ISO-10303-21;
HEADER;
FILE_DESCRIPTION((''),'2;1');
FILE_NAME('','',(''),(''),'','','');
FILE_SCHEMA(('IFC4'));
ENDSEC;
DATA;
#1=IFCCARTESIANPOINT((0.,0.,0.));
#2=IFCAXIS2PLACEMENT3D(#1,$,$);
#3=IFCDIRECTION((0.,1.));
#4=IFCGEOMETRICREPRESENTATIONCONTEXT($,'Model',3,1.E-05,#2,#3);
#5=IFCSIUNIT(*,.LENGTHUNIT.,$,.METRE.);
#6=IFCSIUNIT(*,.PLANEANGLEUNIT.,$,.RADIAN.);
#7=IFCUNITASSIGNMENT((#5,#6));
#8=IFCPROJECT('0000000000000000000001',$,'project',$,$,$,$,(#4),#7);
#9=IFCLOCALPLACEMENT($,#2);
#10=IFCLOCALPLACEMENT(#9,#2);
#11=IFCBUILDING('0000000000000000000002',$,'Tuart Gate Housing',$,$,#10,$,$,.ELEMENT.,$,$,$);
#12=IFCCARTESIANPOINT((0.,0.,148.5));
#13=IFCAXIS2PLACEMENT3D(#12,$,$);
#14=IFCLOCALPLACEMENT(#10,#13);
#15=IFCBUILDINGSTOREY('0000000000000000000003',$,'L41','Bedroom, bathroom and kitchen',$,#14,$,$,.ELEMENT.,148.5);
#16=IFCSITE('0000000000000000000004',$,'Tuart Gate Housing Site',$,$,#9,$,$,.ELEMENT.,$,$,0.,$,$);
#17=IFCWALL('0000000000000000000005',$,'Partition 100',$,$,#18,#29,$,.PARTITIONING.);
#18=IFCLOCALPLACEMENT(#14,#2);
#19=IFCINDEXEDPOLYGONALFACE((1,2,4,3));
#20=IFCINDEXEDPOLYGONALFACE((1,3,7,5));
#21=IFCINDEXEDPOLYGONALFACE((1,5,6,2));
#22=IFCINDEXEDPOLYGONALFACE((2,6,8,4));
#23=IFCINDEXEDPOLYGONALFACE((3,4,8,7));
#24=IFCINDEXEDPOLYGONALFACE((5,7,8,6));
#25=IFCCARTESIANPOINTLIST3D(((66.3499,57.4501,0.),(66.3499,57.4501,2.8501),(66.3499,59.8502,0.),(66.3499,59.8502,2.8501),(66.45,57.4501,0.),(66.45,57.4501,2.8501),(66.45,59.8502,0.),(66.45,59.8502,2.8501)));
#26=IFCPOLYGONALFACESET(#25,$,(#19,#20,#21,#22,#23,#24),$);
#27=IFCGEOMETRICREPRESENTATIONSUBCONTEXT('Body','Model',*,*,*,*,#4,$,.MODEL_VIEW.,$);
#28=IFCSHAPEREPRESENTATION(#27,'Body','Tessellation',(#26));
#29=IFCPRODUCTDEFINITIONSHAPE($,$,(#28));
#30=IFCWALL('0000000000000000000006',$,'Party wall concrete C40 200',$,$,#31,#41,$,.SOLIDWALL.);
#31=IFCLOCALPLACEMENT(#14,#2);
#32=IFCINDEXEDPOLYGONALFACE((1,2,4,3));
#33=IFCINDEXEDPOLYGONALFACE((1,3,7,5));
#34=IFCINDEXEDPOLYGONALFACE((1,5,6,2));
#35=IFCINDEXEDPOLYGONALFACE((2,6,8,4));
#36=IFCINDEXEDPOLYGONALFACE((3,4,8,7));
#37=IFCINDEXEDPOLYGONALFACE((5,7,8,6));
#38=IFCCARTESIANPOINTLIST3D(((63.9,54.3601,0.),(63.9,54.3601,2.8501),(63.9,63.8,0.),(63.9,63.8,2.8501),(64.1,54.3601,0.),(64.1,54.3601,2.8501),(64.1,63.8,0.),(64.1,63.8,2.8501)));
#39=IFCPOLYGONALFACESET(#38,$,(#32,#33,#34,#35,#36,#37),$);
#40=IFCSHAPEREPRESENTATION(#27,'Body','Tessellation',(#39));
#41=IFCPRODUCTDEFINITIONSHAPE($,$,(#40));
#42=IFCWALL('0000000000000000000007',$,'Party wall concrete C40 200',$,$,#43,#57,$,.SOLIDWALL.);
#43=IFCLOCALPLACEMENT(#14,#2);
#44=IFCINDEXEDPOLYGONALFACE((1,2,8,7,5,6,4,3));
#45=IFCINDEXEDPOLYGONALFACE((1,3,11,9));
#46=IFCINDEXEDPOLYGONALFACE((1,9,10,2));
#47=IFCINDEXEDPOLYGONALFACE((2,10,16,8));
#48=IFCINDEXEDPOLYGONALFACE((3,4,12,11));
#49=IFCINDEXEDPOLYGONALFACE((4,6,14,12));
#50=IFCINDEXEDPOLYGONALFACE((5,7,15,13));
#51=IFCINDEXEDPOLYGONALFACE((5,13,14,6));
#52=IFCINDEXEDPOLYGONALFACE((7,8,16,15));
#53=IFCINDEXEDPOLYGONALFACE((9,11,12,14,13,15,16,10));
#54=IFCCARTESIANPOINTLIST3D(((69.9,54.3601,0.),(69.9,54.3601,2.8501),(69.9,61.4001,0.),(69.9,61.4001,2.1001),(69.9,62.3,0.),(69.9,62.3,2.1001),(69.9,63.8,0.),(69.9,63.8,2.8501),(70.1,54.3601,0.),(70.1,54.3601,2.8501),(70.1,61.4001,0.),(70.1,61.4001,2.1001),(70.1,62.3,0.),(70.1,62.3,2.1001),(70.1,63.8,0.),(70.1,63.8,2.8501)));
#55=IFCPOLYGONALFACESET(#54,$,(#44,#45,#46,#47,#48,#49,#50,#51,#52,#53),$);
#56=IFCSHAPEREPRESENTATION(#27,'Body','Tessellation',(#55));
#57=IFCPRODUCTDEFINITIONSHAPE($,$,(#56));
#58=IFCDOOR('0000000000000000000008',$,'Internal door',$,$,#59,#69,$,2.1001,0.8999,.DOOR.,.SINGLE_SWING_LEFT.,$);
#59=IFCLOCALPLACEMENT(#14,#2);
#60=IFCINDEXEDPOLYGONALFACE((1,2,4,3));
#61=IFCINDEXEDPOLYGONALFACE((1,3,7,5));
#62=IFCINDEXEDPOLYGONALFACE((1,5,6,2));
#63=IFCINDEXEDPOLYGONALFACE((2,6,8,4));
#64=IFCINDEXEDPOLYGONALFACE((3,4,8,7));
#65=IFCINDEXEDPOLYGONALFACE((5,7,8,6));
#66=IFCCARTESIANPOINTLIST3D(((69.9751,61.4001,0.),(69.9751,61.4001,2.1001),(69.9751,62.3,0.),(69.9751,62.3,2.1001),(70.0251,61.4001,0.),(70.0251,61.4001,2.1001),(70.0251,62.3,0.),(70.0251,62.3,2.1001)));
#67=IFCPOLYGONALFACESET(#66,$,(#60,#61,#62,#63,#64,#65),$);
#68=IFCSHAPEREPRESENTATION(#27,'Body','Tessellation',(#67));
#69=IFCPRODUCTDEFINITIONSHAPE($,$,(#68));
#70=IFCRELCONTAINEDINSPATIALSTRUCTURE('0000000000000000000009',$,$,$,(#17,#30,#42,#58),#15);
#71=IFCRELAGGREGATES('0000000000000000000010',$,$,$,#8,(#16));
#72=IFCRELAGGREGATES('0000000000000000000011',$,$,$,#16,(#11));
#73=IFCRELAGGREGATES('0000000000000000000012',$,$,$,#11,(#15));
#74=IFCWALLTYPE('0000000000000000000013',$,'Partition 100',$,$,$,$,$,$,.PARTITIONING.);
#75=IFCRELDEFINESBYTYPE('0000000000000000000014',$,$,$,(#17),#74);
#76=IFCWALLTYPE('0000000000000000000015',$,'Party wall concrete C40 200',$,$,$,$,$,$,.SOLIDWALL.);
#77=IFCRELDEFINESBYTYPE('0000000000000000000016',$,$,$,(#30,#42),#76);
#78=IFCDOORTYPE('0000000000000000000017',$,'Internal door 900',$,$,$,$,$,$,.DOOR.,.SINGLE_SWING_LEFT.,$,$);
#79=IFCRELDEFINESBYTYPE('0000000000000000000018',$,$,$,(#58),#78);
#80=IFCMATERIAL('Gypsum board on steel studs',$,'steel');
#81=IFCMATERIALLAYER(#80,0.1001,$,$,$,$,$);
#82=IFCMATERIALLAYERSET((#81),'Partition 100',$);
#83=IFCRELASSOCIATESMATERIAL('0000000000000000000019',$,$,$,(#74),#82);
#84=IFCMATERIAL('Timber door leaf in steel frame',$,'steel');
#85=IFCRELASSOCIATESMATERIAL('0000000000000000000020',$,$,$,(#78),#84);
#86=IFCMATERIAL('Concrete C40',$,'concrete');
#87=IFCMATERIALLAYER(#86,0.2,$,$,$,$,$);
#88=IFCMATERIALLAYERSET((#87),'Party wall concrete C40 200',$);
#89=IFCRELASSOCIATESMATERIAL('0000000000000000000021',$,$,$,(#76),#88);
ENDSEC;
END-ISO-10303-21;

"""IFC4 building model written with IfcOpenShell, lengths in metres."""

from ifc_helpers import new_model, si_unit, direction, frame, frame_2d, origin, place, context, subcontext, project, spatial, rectangle, extrude, material, layer, layer_set, type_object, element, fill, save


model = new_model("IFC4")

# Units and contexts
model_context = context("Model", 3, precision=1e-05, world=origin(), true_north=direction((0.0, 1.0)))
body_context = subcontext(model_context, "Body", "Model", "MODEL_VIEW")
ifc_project = project(units=[si_unit("LENGTHUNIT", "METRE"), si_unit("PLANEANGLEUNIT", "RADIAN")], contexts=[model_context])

# Site, building, storey
site_placement = place(None, origin())
site = spatial("IfcSite", under=ifc_project, at=site_placement, Name="Tuart Gate Housing Site", CompositionType="ELEMENT", RefElevation=0.0)
building_placement = place(site_placement, origin())
building = spatial("IfcBuilding", under=site, at=building_placement, Name="Tuart Gate Housing", CompositionType="ELEMENT")
storey_placement = place(building_placement, frame((0.0, 0.0, 148.5)))
storey = spatial("IfcBuildingStorey", under=building, at=storey_placement, Name="L41", Description="Bedroom, bathroom and kitchen", CompositionType="ELEMENT", Elevation=148.5)

# Shared definitions
ifc_material_1 = material(Name="Gypsum board on steel studs", Category="steel")
ifc_layer_1 = layer(ifc_material_1, 0.1001)
ifc_layer_set_1 = layer_set([ifc_layer_1], Name="Partition 100")
wall_type_1 = type_object("IfcWallType", Name="Partition 100", PredefinedType="PARTITIONING", material=ifc_layer_set_1)

# Shared definitions
ifc_material_2 = material(Name="Timber door leaf in steel frame", Category="steel")
door_type_1 = type_object("IfcDoorType", Name="Internal door 900", OperationType="SINGLE_SWING_LEFT", PredefinedType="DOOR", material=ifc_material_2)

# Walls
wall_1_placement = place(storey_placement, frame((66.3999, 57.45, 0.0), z_axis=(0.0, 0.0, 1.0), x_axis=(0.0, 1.0, 0.0)))
element("IfcWall", 1, at=wall_1_placement, inside=storey, type_object=wall_type_1, Name="Partition 100", PredefinedType="PARTITIONING", context=body_context, shape_type="SweptSolid", body=[
    extrude(rectangle(XDim=2.4001, YDim=0.1001, at=frame_2d((1.2002, 0.0))), origin(), (0.0, 0.0, 1.0), 2.8501),
])
ifc_material_3 = material(Name="Concrete C40", Category="concrete")
ifc_layer_2 = layer(ifc_material_3, 0.2)
ifc_layer_set_2 = layer_set([ifc_layer_2], Name="Party wall concrete C40 200")
wall_type_2 = type_object("IfcWallType", Name="Party wall concrete C40 200", PredefinedType="SOLIDWALL", material=ifc_layer_set_2)
wall_2_placement = place(storey_placement, frame((64.0, 54.3601, 0.0), z_axis=(0.0, 0.0, 1.0), x_axis=(0.0, 1.0, 0.0)))
element("IfcWall", 2, at=wall_2_placement, inside=storey, type_object=wall_type_2, Name="Party wall concrete C40 200", PredefinedType="SOLIDWALL", context=body_context, shape_type="SweptSolid", body=[
    extrude(rectangle(XDim=9.4399, YDim=0.2, at=frame_2d((4.72, 0.0))), origin(), (0.0, 0.0, 1.0), 2.8501),
])

# Wall, opening, door
wall_3_placement = place(storey_placement, frame((70.0, 54.3601, 0.0), z_axis=(0.0, 0.0, 1.0), x_axis=(0.0, 1.0, 0.0)))
wall_3 = element("IfcWall", 3, at=wall_3_placement, inside=storey, type_object=wall_type_2, Name="Party wall concrete C40 200", PredefinedType="SOLIDWALL", context=body_context, shape_type="SweptSolid", body=[
    extrude(rectangle(XDim=9.4399, YDim=0.2, at=frame_2d((4.72, 0.0))), origin(), (0.0, 0.0, 1.0), 2.8501),
])
opening_1_placement = place(wall_3_placement, frame((7.04, 0.0, 0.0)))
opening_1 = element("IfcOpeningElement", 4, at=opening_1_placement, cuts=wall_3, PredefinedType="OPENING", context=body_context, shape_type="SweptSolid", body=[
    extrude(rectangle(XDim=0.8999, YDim=2.1001, at=frame_2d((0.45, 1.05))), frame((0.0, 0.1099, 0.0), z_axis=(0.0, -1.0, 0.0), x_axis=(1.0, 0.0, 0.0)), (0.0, 0.0, 1.0), 0.22),
])
door_1_placement = place(opening_1_placement, origin())
door_1 = element("IfcDoor", 5, at=door_1_placement, inside=storey, type_object=door_type_1, Name="Internal door", OperationType="SINGLE_SWING_LEFT", OverallHeight=2.1001, OverallWidth=0.8999, PredefinedType="DOOR", context=body_context, shape_type="SweptSolid", body=[
    extrude(rectangle(XDim=0.8999, YDim=2.1001, at=frame_2d((0.45, 1.05))), frame((0.0, 0.0249, 0.0), z_axis=(0.0, -1.0, 0.0), x_axis=(1.0, 0.0, 0.0)), (0.0, 0.0, 1.0), 0.05),
])
fill(opening_1, door_1)

save(model, "model.ifc")
